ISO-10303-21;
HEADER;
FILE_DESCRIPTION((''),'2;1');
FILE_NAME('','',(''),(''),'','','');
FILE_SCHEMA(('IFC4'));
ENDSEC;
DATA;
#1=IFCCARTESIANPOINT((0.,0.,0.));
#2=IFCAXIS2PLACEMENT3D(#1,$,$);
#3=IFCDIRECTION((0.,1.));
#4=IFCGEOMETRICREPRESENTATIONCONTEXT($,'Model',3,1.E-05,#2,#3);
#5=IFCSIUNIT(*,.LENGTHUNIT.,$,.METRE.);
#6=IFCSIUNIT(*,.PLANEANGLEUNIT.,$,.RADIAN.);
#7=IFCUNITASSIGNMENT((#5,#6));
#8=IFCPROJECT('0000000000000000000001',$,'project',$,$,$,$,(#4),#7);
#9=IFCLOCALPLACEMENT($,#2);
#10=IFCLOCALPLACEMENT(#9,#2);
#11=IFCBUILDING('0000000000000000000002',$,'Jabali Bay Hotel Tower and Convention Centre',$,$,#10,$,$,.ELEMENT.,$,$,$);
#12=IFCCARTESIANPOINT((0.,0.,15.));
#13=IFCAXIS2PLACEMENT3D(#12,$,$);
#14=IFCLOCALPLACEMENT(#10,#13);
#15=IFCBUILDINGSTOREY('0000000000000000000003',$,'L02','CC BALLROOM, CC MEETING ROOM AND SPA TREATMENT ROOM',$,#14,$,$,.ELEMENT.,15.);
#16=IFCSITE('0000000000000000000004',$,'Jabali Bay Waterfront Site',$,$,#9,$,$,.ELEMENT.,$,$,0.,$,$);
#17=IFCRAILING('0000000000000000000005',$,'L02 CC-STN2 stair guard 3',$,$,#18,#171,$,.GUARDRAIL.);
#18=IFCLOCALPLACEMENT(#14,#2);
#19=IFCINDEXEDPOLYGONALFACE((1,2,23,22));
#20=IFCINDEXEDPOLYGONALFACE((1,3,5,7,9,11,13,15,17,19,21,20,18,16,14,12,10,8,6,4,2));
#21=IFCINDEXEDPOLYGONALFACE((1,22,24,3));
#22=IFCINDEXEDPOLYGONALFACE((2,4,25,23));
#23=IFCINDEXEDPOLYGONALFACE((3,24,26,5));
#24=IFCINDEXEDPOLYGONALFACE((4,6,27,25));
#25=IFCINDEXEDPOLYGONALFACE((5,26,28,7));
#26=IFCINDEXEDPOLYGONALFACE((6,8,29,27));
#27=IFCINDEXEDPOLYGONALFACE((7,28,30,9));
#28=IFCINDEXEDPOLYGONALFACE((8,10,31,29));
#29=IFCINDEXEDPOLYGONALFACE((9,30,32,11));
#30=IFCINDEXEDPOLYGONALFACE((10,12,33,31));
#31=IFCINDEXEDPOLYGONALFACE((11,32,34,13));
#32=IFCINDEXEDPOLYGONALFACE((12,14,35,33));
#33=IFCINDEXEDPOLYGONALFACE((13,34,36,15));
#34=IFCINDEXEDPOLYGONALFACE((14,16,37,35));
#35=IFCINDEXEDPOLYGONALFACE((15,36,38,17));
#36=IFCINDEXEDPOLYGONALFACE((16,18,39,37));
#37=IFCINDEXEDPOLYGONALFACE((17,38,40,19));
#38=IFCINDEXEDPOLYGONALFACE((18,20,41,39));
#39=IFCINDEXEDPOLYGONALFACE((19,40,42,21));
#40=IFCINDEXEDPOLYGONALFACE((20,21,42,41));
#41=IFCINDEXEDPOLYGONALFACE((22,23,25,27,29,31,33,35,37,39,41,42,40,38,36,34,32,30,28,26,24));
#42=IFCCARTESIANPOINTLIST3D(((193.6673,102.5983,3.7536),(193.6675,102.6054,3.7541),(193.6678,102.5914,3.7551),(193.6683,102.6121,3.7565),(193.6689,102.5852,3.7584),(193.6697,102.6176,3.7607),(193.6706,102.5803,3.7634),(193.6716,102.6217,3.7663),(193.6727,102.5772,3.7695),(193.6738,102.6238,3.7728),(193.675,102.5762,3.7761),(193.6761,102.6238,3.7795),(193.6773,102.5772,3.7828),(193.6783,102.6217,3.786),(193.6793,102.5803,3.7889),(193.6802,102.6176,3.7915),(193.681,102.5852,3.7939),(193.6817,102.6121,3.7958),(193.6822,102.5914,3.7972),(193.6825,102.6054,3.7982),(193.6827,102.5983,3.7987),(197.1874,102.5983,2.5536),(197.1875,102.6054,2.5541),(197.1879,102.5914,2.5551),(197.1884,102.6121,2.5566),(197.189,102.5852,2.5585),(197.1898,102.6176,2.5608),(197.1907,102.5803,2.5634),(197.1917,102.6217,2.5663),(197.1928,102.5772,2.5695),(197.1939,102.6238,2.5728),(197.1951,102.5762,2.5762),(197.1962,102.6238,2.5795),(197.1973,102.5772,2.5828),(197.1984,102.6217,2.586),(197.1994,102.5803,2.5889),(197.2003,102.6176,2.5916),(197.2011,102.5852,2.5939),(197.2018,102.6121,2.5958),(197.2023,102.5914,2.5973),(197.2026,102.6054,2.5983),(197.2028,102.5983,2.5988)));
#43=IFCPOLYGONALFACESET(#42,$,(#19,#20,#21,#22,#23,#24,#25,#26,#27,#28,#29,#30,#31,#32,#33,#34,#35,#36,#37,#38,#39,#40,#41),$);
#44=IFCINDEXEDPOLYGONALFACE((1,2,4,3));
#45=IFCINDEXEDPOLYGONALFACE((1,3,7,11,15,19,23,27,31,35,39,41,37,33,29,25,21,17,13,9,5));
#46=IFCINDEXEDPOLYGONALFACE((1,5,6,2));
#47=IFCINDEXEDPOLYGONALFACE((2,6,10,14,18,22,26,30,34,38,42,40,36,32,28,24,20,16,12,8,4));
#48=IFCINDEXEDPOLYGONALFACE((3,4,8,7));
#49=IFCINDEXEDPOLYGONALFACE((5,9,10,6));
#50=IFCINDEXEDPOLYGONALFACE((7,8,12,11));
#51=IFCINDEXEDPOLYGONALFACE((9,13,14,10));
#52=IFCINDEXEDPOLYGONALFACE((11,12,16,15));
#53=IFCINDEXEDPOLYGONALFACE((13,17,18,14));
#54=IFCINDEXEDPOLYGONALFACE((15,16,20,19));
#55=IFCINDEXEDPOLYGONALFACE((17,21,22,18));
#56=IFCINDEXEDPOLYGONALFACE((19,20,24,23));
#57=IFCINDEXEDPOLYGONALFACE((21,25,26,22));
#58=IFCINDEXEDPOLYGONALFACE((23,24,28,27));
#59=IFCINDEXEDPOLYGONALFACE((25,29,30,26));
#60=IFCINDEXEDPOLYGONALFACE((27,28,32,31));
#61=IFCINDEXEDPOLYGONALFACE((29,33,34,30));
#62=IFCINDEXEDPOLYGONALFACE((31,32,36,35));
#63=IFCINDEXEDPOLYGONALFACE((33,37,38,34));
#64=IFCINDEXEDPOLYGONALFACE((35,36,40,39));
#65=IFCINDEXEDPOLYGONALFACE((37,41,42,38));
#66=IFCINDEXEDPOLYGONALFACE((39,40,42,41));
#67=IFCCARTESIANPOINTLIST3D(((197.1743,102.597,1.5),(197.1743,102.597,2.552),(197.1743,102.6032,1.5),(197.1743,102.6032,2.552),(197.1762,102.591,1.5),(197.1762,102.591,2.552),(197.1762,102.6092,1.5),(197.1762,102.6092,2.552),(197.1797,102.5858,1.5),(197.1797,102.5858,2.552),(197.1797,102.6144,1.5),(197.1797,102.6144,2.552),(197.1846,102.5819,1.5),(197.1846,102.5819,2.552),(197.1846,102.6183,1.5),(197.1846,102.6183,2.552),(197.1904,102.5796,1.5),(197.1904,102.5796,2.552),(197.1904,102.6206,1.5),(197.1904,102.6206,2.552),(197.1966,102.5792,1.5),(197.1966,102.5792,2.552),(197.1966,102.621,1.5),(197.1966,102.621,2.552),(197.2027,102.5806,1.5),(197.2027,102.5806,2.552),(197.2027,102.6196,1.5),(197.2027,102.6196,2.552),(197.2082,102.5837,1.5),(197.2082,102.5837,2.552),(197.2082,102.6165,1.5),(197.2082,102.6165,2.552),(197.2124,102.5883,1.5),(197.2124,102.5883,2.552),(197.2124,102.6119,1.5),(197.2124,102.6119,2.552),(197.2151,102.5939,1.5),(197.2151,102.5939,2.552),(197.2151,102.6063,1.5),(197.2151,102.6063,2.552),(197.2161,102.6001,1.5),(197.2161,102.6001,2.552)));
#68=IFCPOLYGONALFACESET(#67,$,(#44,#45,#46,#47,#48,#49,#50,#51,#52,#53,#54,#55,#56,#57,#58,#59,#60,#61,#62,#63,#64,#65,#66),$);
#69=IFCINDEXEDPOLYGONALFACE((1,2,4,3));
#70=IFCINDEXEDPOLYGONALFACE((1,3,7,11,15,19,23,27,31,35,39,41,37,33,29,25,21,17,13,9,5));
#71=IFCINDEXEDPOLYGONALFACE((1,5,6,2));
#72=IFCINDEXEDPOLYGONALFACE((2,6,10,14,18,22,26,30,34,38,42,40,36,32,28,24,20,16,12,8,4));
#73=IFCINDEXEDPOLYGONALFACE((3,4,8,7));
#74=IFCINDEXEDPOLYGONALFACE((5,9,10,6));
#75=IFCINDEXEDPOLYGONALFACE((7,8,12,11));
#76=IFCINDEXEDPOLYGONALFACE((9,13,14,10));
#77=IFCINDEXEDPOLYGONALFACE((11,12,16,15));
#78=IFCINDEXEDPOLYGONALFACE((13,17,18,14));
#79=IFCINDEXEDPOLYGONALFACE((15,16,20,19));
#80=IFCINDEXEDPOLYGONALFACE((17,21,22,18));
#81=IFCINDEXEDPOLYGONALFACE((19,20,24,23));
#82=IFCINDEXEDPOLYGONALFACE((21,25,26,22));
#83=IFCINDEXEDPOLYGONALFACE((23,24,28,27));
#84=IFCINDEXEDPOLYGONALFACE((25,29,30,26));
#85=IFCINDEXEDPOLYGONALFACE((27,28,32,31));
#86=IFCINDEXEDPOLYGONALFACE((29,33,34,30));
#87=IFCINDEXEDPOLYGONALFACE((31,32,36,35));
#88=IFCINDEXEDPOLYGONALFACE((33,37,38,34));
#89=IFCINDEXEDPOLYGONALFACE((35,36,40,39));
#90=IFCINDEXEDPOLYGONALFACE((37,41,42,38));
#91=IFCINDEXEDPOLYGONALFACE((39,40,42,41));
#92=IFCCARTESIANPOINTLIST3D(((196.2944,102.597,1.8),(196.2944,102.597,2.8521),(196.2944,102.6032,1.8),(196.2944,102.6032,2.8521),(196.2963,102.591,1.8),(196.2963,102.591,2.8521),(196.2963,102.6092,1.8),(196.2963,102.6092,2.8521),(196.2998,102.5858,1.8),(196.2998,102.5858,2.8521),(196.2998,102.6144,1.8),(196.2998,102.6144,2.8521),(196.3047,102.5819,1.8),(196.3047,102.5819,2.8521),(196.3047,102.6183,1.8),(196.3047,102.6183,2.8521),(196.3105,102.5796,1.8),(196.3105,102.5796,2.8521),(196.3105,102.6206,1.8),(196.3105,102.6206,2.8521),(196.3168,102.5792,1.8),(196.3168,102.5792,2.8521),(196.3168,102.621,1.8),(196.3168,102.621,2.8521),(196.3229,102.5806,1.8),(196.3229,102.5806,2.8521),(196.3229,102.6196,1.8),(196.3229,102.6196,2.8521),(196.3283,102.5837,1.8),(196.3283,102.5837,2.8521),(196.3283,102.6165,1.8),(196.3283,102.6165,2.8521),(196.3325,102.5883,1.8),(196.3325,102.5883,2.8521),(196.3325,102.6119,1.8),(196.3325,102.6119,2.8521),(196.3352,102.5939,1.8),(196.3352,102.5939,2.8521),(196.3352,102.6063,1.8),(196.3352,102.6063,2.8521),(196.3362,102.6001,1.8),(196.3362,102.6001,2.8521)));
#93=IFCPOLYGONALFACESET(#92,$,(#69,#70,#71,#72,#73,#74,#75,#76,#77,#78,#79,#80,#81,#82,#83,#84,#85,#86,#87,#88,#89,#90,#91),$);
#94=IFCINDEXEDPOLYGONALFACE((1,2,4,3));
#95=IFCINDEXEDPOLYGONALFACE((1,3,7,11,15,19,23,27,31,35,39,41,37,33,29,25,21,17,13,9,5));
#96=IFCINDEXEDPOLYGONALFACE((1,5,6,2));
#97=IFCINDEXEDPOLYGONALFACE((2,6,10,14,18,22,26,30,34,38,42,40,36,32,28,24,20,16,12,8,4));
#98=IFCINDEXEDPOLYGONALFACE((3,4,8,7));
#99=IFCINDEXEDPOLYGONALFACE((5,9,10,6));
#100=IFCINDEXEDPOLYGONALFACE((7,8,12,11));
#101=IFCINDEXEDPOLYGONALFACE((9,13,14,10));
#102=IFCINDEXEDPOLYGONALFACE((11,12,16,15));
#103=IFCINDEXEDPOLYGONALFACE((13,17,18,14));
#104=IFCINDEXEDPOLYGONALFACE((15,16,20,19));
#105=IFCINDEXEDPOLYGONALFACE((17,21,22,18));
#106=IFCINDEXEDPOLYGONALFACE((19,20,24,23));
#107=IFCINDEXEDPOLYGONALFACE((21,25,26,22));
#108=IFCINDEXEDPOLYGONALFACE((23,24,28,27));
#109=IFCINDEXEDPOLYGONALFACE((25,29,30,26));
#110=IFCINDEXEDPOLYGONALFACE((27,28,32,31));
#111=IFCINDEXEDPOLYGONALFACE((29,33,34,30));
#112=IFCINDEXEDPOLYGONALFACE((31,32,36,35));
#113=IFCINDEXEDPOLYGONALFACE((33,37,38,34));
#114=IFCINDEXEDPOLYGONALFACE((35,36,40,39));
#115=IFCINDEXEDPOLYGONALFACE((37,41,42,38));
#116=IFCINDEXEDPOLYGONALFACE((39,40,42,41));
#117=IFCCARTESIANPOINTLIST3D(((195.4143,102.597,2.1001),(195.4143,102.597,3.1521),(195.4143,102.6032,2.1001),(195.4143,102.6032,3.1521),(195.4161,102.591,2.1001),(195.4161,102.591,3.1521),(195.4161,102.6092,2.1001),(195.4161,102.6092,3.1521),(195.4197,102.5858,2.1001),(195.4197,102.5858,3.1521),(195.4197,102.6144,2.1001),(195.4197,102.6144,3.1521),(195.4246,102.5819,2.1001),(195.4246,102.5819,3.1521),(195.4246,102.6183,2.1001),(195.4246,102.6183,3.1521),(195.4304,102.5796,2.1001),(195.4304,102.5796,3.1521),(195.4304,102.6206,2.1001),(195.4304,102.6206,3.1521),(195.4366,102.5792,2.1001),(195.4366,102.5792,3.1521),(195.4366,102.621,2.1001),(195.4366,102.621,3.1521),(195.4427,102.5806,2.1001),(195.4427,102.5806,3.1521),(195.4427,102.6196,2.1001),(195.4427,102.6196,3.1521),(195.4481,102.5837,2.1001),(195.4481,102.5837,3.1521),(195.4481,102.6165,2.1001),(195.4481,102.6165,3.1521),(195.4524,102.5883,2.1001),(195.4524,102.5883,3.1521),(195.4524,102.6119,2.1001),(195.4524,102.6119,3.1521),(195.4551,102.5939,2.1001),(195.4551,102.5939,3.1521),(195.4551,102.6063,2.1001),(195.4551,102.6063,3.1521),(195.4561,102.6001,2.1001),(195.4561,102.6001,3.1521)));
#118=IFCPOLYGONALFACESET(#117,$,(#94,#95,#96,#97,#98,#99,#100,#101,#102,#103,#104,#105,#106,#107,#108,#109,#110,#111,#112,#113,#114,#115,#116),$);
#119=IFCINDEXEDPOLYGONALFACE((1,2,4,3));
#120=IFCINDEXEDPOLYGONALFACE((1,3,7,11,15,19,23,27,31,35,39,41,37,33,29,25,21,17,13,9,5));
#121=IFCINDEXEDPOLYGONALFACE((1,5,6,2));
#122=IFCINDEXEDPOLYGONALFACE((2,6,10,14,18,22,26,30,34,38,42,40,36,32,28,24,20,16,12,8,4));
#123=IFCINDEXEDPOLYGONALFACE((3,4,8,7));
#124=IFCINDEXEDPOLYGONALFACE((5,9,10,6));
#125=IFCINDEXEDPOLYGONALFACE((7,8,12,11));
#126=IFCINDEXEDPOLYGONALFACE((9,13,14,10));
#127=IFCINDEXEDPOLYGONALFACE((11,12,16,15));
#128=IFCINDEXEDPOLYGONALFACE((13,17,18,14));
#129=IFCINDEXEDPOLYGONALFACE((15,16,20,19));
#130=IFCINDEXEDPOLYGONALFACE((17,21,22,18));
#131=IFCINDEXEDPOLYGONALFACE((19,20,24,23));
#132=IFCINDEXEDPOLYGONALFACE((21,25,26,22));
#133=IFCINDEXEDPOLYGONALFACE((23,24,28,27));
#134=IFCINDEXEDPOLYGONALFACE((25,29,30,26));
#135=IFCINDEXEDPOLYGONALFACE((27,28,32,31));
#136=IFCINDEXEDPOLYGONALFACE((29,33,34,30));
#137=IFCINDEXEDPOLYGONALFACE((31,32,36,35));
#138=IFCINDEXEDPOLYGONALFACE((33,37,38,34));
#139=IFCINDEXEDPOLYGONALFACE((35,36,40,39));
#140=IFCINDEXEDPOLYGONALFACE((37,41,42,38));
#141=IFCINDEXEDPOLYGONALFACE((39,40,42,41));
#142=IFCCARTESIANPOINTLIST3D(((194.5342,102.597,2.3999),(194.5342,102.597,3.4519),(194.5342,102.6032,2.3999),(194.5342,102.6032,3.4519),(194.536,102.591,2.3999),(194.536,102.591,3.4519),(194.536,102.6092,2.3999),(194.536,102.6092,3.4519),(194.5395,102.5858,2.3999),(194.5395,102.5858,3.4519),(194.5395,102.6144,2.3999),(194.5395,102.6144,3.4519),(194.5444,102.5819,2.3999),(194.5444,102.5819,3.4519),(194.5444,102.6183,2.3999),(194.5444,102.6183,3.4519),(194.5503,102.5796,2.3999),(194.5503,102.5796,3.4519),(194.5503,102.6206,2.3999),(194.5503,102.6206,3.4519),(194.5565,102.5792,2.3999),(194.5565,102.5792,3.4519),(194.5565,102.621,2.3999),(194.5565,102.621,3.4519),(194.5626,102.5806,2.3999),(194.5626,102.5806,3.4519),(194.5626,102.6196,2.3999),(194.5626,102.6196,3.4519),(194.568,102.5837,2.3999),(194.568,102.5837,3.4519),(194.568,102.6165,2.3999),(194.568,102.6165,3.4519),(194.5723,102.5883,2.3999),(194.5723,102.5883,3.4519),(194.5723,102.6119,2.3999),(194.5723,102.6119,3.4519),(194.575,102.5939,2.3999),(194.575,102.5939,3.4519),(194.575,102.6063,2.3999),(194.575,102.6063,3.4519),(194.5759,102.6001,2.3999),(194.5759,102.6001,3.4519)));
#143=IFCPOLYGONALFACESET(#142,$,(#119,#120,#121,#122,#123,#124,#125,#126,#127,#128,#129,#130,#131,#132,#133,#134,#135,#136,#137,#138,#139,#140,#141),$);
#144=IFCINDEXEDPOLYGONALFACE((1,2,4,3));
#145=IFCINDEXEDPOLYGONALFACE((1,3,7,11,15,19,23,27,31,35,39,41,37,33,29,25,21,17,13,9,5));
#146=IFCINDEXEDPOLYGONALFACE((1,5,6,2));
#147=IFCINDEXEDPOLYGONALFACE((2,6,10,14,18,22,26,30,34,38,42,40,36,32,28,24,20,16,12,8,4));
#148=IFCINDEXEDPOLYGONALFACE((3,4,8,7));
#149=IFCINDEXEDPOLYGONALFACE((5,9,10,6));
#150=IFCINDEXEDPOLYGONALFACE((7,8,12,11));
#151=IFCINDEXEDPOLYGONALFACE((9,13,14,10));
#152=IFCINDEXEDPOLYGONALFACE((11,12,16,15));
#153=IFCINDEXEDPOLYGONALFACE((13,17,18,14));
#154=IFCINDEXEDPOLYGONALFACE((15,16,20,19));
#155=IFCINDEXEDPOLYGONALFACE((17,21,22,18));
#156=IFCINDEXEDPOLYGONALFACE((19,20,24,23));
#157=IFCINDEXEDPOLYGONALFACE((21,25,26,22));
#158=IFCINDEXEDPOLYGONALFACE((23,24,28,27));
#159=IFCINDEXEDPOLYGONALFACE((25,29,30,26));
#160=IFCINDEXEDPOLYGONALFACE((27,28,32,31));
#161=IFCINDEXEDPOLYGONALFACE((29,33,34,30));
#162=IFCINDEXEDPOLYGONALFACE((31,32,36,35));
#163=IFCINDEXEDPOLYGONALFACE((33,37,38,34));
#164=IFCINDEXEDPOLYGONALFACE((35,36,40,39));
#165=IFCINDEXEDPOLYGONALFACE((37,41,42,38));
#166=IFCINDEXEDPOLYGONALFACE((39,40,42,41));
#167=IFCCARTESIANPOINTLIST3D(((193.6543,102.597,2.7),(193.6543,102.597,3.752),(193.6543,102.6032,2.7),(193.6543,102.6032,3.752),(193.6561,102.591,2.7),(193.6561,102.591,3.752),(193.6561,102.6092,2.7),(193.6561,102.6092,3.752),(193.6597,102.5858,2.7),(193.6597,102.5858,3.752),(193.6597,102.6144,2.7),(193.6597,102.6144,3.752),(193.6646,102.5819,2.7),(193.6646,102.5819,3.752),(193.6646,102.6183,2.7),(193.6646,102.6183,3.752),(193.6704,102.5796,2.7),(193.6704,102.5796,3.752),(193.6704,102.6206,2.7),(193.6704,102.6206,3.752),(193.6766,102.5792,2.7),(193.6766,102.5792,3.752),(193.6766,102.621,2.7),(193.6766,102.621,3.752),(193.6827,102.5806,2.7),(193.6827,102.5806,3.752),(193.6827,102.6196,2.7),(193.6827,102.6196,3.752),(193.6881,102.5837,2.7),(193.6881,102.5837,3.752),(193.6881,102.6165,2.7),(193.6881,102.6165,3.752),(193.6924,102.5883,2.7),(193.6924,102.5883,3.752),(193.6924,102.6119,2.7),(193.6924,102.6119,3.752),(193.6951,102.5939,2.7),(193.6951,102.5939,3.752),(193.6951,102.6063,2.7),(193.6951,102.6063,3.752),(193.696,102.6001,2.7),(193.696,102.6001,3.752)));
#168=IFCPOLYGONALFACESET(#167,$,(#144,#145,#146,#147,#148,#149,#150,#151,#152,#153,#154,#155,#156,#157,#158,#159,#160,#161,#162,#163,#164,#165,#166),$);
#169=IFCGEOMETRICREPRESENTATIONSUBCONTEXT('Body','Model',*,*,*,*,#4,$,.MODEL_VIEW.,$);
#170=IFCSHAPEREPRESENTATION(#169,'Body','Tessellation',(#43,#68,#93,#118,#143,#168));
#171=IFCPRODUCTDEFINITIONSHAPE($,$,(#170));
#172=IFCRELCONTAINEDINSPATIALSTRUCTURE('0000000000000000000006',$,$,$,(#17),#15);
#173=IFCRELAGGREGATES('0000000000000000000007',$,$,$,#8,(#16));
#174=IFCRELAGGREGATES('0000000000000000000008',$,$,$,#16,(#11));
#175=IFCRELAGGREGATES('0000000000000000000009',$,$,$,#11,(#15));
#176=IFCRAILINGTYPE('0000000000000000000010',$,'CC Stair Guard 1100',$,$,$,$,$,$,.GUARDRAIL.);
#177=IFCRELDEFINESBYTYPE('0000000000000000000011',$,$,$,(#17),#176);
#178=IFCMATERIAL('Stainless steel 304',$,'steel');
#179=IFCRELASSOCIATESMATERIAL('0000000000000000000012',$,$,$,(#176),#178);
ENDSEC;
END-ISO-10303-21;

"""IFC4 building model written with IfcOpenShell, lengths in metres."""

from ifc_helpers import new_model, si_unit, direction, frame, origin, origin_2d, place, context, subcontext, project, spatial, circle, extrude, material, type_object, element, save


model = new_model("IFC4")

# Units and contexts
model_context = context("Model", 3, precision=1e-05, world=origin(), true_north=direction((0.0, 1.0)))
body_context = subcontext(model_context, "Body", "Model", "MODEL_VIEW")
ifc_project = project(units=[si_unit("LENGTHUNIT", "METRE"), si_unit("PLANEANGLEUNIT", "RADIAN")], contexts=[model_context])

# Site, building, storey
site_placement = place(None, origin())
site = spatial("IfcSite", under=ifc_project, at=site_placement, Name="Jabali Bay Waterfront Site", CompositionType="ELEMENT", RefElevation=0.0)
building_placement = place(site_placement, origin())
building = spatial("IfcBuilding", under=site, at=building_placement, Name="Jabali Bay Hotel Tower and Convention Centre", CompositionType="ELEMENT")
storey_placement = place(building_placement, frame((0.0, 0.0, 15.0)))
storey = spatial("IfcBuildingStorey", under=building, at=storey_placement, Name="L02", Description="CC BALLROOM, CC MEETING ROOM AND SPA TREATMENT ROOM", CompositionType="ELEMENT", Elevation=15.0)

# Railing
ifc_material_1 = material(Name="Stainless steel 304", Category="steel")
railing_type_1 = type_object("IfcRailingType", Name="CC Stair Guard 1100", PredefinedType="GUARDRAIL", material=ifc_material_1)
railing_1_placement = place(storey_placement, frame((197.1951, 102.6001, 1.5)))
element("IfcRailing", 1, at=railing_1_placement, inside=storey, type_object=railing_type_1, Name="L02 CC-STN2 stair guard 3", PredefinedType="GUARDRAIL", context=body_context, shape_type="SweptSolid", body=[
    extrude(circle(Radius=0.0239, at=origin_2d()), frame((0.0, 0.0, 1.0762), z_axis=(-0.946515, 0.0, 0.322661), x_axis=(0.0, -1.0, 0.0)), (0.0, 0.0, 1.0), 3.719),
    extrude(circle(Radius=0.021, at=origin_2d()), origin(), (0.0, 0.0, 1.0), 1.052),
    extrude(circle(Radius=0.021, at=origin_2d()), frame((-0.8799, 0.0, 0.3)), (0.0, 0.0, 1.0), 1.052),
    extrude(circle(Radius=0.021, at=origin_2d()), frame((-1.76, 0.0, 0.6001)), (0.0, 0.0, 1.0), 1.052),
    extrude(circle(Radius=0.021, at=origin_2d()), frame((-2.6401, 0.0, 0.8999)), (0.0, 0.0, 1.0), 1.052),
    extrude(circle(Radius=0.021, at=origin_2d()), frame((-3.52, 0.0, 1.2)), (0.0, 0.0, 1.0), 1.052),
])

save(model, "model.ifc")
